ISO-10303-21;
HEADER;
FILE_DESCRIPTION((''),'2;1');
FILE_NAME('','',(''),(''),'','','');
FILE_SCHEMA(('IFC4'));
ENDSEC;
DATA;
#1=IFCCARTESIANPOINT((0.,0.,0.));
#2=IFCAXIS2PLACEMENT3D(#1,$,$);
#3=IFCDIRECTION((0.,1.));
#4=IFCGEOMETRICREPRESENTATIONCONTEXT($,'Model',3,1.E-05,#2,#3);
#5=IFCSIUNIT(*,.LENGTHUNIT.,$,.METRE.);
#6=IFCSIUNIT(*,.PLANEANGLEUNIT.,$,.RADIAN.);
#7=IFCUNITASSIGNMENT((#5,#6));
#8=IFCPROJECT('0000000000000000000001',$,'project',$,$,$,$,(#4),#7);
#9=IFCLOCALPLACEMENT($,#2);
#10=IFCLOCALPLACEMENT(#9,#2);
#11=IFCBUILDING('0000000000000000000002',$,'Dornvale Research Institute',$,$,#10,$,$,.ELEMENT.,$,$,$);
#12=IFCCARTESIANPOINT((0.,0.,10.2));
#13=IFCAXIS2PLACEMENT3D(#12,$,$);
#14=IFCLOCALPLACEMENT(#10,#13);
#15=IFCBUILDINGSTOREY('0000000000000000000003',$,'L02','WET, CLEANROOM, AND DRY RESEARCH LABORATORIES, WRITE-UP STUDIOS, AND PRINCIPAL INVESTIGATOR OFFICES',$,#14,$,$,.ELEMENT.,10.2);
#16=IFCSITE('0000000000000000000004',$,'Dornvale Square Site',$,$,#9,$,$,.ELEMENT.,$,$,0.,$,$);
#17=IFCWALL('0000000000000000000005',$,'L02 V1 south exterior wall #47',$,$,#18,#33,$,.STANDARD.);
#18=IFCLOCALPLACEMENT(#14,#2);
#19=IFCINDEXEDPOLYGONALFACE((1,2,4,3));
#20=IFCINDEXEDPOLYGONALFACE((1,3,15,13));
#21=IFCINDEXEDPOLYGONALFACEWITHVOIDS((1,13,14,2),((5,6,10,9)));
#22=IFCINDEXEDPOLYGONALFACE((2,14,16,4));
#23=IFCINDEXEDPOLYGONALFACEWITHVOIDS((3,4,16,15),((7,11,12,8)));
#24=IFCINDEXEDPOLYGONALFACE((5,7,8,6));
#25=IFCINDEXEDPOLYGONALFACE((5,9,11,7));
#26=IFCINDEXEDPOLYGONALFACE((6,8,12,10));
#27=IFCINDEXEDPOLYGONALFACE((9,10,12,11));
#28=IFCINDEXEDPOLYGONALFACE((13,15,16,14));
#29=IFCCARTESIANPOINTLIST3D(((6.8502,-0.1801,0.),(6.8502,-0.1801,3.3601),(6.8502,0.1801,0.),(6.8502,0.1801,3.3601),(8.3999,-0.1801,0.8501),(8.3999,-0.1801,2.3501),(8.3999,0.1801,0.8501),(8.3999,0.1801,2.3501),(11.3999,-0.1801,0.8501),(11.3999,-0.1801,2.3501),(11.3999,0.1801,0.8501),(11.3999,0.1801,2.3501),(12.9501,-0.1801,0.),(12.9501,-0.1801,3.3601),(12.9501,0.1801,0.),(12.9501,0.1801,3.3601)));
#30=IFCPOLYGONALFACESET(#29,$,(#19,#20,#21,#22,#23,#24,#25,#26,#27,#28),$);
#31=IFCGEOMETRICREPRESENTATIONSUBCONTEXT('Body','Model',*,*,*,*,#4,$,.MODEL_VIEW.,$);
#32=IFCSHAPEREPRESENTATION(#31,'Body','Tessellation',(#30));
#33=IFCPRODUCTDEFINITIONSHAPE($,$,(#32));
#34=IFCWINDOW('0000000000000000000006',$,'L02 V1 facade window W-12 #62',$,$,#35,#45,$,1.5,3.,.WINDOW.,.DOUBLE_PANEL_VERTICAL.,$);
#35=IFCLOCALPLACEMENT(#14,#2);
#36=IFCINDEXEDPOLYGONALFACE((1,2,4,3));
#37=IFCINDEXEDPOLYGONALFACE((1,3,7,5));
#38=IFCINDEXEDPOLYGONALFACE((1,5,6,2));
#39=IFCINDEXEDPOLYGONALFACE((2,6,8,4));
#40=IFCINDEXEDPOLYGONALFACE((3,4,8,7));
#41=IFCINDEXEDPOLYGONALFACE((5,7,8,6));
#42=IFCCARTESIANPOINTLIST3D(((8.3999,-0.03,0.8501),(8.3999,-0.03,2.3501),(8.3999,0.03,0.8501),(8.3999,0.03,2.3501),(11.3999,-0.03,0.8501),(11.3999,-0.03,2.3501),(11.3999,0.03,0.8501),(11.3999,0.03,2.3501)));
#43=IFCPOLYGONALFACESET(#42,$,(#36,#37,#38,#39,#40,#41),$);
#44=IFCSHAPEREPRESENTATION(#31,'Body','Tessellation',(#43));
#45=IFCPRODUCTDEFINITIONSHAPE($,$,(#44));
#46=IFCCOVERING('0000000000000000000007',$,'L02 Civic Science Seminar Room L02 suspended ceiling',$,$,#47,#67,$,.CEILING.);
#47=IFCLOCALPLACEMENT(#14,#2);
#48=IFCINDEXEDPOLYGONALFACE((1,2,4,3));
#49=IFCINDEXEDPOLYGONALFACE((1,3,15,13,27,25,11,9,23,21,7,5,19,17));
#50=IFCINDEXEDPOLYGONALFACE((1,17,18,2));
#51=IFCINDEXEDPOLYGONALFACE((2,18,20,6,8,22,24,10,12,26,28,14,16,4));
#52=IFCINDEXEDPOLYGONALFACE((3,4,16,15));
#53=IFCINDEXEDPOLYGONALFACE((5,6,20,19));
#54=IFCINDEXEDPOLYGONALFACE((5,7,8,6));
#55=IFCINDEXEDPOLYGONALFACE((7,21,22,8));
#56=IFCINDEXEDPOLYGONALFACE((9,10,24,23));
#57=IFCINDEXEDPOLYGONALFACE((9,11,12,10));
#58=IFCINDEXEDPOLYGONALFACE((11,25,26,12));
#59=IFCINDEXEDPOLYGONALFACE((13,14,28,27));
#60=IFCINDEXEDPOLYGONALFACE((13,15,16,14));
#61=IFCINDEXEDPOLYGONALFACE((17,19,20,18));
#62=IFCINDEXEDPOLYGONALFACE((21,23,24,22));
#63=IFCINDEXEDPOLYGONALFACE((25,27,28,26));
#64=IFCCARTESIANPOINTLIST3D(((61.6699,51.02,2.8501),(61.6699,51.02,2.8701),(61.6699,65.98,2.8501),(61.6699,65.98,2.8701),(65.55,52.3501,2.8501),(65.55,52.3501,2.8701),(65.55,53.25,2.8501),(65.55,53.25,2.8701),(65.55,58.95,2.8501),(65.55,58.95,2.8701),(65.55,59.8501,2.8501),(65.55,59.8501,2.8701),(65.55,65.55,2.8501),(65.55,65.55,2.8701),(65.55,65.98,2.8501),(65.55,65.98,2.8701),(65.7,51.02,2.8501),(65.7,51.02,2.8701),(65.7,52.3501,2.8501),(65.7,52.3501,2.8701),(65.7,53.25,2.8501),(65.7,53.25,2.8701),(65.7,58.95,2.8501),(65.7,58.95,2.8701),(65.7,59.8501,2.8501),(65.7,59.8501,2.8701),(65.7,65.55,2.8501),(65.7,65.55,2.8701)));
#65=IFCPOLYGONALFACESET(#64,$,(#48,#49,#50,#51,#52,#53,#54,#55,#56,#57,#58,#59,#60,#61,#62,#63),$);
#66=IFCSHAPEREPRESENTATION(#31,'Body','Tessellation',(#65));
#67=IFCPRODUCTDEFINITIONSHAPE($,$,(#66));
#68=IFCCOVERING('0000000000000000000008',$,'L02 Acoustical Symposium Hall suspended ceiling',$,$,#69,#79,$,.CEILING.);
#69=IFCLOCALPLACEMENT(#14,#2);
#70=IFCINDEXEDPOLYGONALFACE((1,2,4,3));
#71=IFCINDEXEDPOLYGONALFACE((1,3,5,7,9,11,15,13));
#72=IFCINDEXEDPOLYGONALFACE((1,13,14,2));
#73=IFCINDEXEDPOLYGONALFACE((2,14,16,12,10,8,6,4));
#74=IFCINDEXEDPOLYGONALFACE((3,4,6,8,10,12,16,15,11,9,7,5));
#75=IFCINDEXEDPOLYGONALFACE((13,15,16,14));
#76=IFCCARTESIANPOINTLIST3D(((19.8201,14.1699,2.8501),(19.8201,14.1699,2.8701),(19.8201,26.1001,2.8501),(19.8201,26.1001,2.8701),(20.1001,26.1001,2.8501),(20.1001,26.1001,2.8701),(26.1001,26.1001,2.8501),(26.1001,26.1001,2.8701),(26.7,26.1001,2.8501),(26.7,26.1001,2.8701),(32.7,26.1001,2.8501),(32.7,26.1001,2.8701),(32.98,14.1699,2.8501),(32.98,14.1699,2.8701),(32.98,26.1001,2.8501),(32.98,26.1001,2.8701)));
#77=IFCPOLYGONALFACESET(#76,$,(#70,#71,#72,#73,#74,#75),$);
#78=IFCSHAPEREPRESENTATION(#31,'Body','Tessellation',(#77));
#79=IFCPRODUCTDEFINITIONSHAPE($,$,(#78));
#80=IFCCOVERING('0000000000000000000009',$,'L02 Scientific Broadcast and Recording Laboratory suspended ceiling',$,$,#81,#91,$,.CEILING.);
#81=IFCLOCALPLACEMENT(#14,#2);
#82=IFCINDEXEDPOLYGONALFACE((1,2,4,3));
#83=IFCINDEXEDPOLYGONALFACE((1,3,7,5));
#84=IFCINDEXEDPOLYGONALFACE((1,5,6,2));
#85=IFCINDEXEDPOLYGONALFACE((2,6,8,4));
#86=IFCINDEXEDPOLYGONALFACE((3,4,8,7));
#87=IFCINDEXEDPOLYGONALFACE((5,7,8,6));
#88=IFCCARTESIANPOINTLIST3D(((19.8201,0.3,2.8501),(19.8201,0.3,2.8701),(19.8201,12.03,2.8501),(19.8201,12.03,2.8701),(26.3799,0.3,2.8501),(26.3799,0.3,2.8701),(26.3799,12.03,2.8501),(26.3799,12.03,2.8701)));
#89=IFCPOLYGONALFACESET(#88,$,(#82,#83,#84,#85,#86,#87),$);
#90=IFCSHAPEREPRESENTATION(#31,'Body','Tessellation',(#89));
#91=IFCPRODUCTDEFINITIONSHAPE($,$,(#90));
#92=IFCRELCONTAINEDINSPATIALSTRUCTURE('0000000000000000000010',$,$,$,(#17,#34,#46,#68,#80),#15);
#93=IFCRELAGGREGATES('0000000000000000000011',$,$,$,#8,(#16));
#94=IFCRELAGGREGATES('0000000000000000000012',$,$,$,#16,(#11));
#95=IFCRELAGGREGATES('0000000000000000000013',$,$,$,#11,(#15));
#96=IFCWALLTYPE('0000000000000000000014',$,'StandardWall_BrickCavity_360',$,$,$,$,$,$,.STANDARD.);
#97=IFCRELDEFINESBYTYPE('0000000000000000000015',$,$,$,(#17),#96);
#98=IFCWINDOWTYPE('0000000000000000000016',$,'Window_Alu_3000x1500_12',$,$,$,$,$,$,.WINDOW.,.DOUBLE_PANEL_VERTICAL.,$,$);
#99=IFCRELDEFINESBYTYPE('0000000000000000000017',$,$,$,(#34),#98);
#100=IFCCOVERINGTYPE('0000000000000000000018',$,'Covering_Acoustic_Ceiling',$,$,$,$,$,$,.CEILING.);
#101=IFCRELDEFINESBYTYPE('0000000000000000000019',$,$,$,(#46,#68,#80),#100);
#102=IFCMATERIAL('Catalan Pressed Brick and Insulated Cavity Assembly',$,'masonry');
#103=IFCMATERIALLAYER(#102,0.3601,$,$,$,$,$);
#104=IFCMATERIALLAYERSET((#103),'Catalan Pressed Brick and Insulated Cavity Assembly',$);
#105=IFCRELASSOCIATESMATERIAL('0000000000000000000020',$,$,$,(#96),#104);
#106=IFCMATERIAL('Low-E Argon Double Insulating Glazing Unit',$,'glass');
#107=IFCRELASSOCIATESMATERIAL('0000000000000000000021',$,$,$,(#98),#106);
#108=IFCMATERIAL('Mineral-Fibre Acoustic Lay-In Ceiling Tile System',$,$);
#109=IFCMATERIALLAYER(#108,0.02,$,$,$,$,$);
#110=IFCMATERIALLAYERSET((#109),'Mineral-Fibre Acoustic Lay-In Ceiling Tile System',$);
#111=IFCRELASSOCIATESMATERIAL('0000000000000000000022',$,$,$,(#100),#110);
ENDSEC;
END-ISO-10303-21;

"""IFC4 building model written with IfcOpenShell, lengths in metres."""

from ifc_helpers import new_model, si_unit, direction, frame, frame_2d, origin, place, context, subcontext, project, spatial, polyline, rectangle, outline, extrude, material, layer, layer_set, type_object, element, fill, save


model = new_model("IFC4")

# Units and contexts
model_context = context("Model", 3, precision=1e-05, world=origin(), true_north=direction((0.0, 1.0)))
body_context = subcontext(model_context, "Body", "Model", "MODEL_VIEW")
ifc_project = project(units=[si_unit("LENGTHUNIT", "METRE"), si_unit("PLANEANGLEUNIT", "RADIAN")], contexts=[model_context])

# Site, building, storey
site_placement = place(None, origin())
site = spatial("IfcSite", under=ifc_project, at=site_placement, Name="Dornvale Square Site", CompositionType="ELEMENT", RefElevation=0.0)
building_placement = place(site_placement, origin())
building = spatial("IfcBuilding", under=site, at=building_placement, Name="Dornvale Research Institute", CompositionType="ELEMENT")
storey_placement = place(building_placement, frame((0.0, 0.0, 10.2)))
storey = spatial("IfcBuildingStorey", under=building, at=storey_placement, Name="L02", Description="WET, CLEANROOM, AND DRY RESEARCH LABORATORIES, WRITE-UP STUDIOS, AND PRINCIPAL INVESTIGATOR OFFICES", CompositionType="ELEMENT", Elevation=10.2)

# Shared definitions
ifc_material_1 = material(Name="Catalan Pressed Brick and Insulated Cavity Assembly", Category="masonry")
ifc_layer_1 = layer(ifc_material_1, 0.3601)
ifc_layer_set_1 = layer_set([ifc_layer_1], Name="Catalan Pressed Brick and Insulated Cavity Assembly")
wall_type_1 = type_object("IfcWallType", Name="StandardWall_BrickCavity_360", PredefinedType="STANDARD", material=ifc_layer_set_1)

# Wall, opening, window
wall_1_placement = place(storey_placement, frame((12.95, 0.0, 0.0), z_axis=(0.0, 0.0, 1.0), x_axis=(-1.0, 0.0, 0.0)))
wall_1 = element("IfcWall", 1, at=wall_1_placement, inside=storey, type_object=wall_type_1, Name="L02 V1 south exterior wall #47", PredefinedType="STANDARD", context=body_context, shape_type="SweptSolid", body=[
    extrude(rectangle(XDim=6.0999, YDim=0.3601, at=frame_2d((3.0498, 0.0))), origin(), (0.0, 0.0, 1.0), 3.3601),
])
opening_1_placement = place(wall_1_placement, frame((1.55, 0.0, 0.8501)))
opening_1 = element("IfcOpeningElement", 2, at=opening_1_placement, cuts=wall_1, PredefinedType="OPENING", context=body_context, shape_type="SweptSolid", body=[
    extrude(rectangle(XDim=3.0, YDim=1.5, at=frame_2d((1.5, 0.75))), frame((0.0, 0.1951, 0.0), z_axis=(0.0, -1.0, 0.0), x_axis=(1.0, 0.0, 0.0)), (0.0, 0.0, 1.0), 0.3901),
])
ifc_material_2 = material(Name="Low-E Argon Double Insulating Glazing Unit", Category="glass")
window_type_1 = type_object("IfcWindowType", Name="Window_Alu_3000x1500_12", PartitioningType="DOUBLE_PANEL_VERTICAL", PredefinedType="WINDOW", material=ifc_material_2)
window_1_placement = place(opening_1_placement, origin())
window_1 = element("IfcWindow", 3, at=window_1_placement, inside=storey, type_object=window_type_1, Name="L02 V1 facade window W-12 #62", OverallHeight=1.5, OverallWidth=3.0, PartitioningType="DOUBLE_PANEL_VERTICAL", PredefinedType="WINDOW", context=body_context, shape_type="SweptSolid", body=[
    extrude(rectangle(XDim=3.0, YDim=1.5, at=frame_2d((1.5, 0.75))), frame((0.0, 0.03, 0.0), z_axis=(0.0, -1.0, 0.0), x_axis=(1.0, 0.0, 0.0)), (0.0, 0.0, 1.0), 0.0601),
])
fill(opening_1, window_1)

# Coverings
ifc_material_3 = material(Name="Mineral-Fibre Acoustic Lay-In Ceiling Tile System")
ifc_layer_2 = layer(ifc_material_3, 0.02)
ifc_layer_set_2 = layer_set([ifc_layer_2], Name="Mineral-Fibre Acoustic Lay-In Ceiling Tile System")
covering_type = type_object("IfcCoveringType", Name="Covering_Acoustic_Ceiling", PredefinedType="CEILING", material=ifc_layer_set_2)
covering_1_placement = place(storey_placement, frame((0.0, 0.0, 2.8501)))
element("IfcCovering", 4, at=covering_1_placement, inside=storey, type_object=covering_type, Name="L02 Civic Science Seminar Room L02 suspended ceiling", PredefinedType="CEILING", context=body_context, shape_type="SweptSolid", body=[
    extrude(outline(polyline([(65.55, 65.98), (65.55, 65.55), (65.7, 65.55), (65.7, 59.8501), (65.55, 59.8501), (65.55, 58.95), (65.7, 58.95), (65.7, 53.25), (65.55, 53.25), (65.55, 52.3501), (65.7, 52.3501), (65.7, 51.02), (61.6699, 51.02), (61.6699, 65.98), (65.55, 65.98)])), origin(), (0.0, 0.0, 1.0), 0.02),
])
covering_2_placement = place(storey_placement, frame((0.0, 0.0, 2.8501)))
element("IfcCovering", 5, at=covering_2_placement, inside=storey, type_object=covering_type, Name="L02 Acoustical Symposium Hall suspended ceiling", PredefinedType="CEILING", context=body_context, shape_type="SweptSolid", body=[
    extrude(outline(polyline([(19.8201, 14.1699), (19.8201, 26.1001), (20.1001, 26.1001), (20.1001, 26.1001), (26.1001, 26.1001), (26.1001, 26.1001), (26.7, 26.1001), (26.7, 26.1001), (32.7, 26.1001), (32.7, 26.1001), (32.98, 26.1001), (32.98, 14.1699), (19.8201, 14.1699)])), origin(), (0.0, 0.0, 1.0), 0.02),
])
covering_3_placement = place(storey_placement, frame((0.0, 0.0, 2.8501)))
element("IfcCovering", 6, at=covering_3_placement, inside=storey, type_object=covering_type, Name="L02 Scientific Broadcast and Recording Laboratory suspended ceiling", PredefinedType="CEILING", context=body_context, shape_type="SweptSolid", body=[
    extrude(outline(polyline([(19.8201, 0.3), (19.8201, 12.03), (26.3799, 12.03), (26.3799, 0.3), (19.8201, 0.3)])), origin(), (0.0, 0.0, 1.0), 0.02),
])

save(model, "model.ifc")
